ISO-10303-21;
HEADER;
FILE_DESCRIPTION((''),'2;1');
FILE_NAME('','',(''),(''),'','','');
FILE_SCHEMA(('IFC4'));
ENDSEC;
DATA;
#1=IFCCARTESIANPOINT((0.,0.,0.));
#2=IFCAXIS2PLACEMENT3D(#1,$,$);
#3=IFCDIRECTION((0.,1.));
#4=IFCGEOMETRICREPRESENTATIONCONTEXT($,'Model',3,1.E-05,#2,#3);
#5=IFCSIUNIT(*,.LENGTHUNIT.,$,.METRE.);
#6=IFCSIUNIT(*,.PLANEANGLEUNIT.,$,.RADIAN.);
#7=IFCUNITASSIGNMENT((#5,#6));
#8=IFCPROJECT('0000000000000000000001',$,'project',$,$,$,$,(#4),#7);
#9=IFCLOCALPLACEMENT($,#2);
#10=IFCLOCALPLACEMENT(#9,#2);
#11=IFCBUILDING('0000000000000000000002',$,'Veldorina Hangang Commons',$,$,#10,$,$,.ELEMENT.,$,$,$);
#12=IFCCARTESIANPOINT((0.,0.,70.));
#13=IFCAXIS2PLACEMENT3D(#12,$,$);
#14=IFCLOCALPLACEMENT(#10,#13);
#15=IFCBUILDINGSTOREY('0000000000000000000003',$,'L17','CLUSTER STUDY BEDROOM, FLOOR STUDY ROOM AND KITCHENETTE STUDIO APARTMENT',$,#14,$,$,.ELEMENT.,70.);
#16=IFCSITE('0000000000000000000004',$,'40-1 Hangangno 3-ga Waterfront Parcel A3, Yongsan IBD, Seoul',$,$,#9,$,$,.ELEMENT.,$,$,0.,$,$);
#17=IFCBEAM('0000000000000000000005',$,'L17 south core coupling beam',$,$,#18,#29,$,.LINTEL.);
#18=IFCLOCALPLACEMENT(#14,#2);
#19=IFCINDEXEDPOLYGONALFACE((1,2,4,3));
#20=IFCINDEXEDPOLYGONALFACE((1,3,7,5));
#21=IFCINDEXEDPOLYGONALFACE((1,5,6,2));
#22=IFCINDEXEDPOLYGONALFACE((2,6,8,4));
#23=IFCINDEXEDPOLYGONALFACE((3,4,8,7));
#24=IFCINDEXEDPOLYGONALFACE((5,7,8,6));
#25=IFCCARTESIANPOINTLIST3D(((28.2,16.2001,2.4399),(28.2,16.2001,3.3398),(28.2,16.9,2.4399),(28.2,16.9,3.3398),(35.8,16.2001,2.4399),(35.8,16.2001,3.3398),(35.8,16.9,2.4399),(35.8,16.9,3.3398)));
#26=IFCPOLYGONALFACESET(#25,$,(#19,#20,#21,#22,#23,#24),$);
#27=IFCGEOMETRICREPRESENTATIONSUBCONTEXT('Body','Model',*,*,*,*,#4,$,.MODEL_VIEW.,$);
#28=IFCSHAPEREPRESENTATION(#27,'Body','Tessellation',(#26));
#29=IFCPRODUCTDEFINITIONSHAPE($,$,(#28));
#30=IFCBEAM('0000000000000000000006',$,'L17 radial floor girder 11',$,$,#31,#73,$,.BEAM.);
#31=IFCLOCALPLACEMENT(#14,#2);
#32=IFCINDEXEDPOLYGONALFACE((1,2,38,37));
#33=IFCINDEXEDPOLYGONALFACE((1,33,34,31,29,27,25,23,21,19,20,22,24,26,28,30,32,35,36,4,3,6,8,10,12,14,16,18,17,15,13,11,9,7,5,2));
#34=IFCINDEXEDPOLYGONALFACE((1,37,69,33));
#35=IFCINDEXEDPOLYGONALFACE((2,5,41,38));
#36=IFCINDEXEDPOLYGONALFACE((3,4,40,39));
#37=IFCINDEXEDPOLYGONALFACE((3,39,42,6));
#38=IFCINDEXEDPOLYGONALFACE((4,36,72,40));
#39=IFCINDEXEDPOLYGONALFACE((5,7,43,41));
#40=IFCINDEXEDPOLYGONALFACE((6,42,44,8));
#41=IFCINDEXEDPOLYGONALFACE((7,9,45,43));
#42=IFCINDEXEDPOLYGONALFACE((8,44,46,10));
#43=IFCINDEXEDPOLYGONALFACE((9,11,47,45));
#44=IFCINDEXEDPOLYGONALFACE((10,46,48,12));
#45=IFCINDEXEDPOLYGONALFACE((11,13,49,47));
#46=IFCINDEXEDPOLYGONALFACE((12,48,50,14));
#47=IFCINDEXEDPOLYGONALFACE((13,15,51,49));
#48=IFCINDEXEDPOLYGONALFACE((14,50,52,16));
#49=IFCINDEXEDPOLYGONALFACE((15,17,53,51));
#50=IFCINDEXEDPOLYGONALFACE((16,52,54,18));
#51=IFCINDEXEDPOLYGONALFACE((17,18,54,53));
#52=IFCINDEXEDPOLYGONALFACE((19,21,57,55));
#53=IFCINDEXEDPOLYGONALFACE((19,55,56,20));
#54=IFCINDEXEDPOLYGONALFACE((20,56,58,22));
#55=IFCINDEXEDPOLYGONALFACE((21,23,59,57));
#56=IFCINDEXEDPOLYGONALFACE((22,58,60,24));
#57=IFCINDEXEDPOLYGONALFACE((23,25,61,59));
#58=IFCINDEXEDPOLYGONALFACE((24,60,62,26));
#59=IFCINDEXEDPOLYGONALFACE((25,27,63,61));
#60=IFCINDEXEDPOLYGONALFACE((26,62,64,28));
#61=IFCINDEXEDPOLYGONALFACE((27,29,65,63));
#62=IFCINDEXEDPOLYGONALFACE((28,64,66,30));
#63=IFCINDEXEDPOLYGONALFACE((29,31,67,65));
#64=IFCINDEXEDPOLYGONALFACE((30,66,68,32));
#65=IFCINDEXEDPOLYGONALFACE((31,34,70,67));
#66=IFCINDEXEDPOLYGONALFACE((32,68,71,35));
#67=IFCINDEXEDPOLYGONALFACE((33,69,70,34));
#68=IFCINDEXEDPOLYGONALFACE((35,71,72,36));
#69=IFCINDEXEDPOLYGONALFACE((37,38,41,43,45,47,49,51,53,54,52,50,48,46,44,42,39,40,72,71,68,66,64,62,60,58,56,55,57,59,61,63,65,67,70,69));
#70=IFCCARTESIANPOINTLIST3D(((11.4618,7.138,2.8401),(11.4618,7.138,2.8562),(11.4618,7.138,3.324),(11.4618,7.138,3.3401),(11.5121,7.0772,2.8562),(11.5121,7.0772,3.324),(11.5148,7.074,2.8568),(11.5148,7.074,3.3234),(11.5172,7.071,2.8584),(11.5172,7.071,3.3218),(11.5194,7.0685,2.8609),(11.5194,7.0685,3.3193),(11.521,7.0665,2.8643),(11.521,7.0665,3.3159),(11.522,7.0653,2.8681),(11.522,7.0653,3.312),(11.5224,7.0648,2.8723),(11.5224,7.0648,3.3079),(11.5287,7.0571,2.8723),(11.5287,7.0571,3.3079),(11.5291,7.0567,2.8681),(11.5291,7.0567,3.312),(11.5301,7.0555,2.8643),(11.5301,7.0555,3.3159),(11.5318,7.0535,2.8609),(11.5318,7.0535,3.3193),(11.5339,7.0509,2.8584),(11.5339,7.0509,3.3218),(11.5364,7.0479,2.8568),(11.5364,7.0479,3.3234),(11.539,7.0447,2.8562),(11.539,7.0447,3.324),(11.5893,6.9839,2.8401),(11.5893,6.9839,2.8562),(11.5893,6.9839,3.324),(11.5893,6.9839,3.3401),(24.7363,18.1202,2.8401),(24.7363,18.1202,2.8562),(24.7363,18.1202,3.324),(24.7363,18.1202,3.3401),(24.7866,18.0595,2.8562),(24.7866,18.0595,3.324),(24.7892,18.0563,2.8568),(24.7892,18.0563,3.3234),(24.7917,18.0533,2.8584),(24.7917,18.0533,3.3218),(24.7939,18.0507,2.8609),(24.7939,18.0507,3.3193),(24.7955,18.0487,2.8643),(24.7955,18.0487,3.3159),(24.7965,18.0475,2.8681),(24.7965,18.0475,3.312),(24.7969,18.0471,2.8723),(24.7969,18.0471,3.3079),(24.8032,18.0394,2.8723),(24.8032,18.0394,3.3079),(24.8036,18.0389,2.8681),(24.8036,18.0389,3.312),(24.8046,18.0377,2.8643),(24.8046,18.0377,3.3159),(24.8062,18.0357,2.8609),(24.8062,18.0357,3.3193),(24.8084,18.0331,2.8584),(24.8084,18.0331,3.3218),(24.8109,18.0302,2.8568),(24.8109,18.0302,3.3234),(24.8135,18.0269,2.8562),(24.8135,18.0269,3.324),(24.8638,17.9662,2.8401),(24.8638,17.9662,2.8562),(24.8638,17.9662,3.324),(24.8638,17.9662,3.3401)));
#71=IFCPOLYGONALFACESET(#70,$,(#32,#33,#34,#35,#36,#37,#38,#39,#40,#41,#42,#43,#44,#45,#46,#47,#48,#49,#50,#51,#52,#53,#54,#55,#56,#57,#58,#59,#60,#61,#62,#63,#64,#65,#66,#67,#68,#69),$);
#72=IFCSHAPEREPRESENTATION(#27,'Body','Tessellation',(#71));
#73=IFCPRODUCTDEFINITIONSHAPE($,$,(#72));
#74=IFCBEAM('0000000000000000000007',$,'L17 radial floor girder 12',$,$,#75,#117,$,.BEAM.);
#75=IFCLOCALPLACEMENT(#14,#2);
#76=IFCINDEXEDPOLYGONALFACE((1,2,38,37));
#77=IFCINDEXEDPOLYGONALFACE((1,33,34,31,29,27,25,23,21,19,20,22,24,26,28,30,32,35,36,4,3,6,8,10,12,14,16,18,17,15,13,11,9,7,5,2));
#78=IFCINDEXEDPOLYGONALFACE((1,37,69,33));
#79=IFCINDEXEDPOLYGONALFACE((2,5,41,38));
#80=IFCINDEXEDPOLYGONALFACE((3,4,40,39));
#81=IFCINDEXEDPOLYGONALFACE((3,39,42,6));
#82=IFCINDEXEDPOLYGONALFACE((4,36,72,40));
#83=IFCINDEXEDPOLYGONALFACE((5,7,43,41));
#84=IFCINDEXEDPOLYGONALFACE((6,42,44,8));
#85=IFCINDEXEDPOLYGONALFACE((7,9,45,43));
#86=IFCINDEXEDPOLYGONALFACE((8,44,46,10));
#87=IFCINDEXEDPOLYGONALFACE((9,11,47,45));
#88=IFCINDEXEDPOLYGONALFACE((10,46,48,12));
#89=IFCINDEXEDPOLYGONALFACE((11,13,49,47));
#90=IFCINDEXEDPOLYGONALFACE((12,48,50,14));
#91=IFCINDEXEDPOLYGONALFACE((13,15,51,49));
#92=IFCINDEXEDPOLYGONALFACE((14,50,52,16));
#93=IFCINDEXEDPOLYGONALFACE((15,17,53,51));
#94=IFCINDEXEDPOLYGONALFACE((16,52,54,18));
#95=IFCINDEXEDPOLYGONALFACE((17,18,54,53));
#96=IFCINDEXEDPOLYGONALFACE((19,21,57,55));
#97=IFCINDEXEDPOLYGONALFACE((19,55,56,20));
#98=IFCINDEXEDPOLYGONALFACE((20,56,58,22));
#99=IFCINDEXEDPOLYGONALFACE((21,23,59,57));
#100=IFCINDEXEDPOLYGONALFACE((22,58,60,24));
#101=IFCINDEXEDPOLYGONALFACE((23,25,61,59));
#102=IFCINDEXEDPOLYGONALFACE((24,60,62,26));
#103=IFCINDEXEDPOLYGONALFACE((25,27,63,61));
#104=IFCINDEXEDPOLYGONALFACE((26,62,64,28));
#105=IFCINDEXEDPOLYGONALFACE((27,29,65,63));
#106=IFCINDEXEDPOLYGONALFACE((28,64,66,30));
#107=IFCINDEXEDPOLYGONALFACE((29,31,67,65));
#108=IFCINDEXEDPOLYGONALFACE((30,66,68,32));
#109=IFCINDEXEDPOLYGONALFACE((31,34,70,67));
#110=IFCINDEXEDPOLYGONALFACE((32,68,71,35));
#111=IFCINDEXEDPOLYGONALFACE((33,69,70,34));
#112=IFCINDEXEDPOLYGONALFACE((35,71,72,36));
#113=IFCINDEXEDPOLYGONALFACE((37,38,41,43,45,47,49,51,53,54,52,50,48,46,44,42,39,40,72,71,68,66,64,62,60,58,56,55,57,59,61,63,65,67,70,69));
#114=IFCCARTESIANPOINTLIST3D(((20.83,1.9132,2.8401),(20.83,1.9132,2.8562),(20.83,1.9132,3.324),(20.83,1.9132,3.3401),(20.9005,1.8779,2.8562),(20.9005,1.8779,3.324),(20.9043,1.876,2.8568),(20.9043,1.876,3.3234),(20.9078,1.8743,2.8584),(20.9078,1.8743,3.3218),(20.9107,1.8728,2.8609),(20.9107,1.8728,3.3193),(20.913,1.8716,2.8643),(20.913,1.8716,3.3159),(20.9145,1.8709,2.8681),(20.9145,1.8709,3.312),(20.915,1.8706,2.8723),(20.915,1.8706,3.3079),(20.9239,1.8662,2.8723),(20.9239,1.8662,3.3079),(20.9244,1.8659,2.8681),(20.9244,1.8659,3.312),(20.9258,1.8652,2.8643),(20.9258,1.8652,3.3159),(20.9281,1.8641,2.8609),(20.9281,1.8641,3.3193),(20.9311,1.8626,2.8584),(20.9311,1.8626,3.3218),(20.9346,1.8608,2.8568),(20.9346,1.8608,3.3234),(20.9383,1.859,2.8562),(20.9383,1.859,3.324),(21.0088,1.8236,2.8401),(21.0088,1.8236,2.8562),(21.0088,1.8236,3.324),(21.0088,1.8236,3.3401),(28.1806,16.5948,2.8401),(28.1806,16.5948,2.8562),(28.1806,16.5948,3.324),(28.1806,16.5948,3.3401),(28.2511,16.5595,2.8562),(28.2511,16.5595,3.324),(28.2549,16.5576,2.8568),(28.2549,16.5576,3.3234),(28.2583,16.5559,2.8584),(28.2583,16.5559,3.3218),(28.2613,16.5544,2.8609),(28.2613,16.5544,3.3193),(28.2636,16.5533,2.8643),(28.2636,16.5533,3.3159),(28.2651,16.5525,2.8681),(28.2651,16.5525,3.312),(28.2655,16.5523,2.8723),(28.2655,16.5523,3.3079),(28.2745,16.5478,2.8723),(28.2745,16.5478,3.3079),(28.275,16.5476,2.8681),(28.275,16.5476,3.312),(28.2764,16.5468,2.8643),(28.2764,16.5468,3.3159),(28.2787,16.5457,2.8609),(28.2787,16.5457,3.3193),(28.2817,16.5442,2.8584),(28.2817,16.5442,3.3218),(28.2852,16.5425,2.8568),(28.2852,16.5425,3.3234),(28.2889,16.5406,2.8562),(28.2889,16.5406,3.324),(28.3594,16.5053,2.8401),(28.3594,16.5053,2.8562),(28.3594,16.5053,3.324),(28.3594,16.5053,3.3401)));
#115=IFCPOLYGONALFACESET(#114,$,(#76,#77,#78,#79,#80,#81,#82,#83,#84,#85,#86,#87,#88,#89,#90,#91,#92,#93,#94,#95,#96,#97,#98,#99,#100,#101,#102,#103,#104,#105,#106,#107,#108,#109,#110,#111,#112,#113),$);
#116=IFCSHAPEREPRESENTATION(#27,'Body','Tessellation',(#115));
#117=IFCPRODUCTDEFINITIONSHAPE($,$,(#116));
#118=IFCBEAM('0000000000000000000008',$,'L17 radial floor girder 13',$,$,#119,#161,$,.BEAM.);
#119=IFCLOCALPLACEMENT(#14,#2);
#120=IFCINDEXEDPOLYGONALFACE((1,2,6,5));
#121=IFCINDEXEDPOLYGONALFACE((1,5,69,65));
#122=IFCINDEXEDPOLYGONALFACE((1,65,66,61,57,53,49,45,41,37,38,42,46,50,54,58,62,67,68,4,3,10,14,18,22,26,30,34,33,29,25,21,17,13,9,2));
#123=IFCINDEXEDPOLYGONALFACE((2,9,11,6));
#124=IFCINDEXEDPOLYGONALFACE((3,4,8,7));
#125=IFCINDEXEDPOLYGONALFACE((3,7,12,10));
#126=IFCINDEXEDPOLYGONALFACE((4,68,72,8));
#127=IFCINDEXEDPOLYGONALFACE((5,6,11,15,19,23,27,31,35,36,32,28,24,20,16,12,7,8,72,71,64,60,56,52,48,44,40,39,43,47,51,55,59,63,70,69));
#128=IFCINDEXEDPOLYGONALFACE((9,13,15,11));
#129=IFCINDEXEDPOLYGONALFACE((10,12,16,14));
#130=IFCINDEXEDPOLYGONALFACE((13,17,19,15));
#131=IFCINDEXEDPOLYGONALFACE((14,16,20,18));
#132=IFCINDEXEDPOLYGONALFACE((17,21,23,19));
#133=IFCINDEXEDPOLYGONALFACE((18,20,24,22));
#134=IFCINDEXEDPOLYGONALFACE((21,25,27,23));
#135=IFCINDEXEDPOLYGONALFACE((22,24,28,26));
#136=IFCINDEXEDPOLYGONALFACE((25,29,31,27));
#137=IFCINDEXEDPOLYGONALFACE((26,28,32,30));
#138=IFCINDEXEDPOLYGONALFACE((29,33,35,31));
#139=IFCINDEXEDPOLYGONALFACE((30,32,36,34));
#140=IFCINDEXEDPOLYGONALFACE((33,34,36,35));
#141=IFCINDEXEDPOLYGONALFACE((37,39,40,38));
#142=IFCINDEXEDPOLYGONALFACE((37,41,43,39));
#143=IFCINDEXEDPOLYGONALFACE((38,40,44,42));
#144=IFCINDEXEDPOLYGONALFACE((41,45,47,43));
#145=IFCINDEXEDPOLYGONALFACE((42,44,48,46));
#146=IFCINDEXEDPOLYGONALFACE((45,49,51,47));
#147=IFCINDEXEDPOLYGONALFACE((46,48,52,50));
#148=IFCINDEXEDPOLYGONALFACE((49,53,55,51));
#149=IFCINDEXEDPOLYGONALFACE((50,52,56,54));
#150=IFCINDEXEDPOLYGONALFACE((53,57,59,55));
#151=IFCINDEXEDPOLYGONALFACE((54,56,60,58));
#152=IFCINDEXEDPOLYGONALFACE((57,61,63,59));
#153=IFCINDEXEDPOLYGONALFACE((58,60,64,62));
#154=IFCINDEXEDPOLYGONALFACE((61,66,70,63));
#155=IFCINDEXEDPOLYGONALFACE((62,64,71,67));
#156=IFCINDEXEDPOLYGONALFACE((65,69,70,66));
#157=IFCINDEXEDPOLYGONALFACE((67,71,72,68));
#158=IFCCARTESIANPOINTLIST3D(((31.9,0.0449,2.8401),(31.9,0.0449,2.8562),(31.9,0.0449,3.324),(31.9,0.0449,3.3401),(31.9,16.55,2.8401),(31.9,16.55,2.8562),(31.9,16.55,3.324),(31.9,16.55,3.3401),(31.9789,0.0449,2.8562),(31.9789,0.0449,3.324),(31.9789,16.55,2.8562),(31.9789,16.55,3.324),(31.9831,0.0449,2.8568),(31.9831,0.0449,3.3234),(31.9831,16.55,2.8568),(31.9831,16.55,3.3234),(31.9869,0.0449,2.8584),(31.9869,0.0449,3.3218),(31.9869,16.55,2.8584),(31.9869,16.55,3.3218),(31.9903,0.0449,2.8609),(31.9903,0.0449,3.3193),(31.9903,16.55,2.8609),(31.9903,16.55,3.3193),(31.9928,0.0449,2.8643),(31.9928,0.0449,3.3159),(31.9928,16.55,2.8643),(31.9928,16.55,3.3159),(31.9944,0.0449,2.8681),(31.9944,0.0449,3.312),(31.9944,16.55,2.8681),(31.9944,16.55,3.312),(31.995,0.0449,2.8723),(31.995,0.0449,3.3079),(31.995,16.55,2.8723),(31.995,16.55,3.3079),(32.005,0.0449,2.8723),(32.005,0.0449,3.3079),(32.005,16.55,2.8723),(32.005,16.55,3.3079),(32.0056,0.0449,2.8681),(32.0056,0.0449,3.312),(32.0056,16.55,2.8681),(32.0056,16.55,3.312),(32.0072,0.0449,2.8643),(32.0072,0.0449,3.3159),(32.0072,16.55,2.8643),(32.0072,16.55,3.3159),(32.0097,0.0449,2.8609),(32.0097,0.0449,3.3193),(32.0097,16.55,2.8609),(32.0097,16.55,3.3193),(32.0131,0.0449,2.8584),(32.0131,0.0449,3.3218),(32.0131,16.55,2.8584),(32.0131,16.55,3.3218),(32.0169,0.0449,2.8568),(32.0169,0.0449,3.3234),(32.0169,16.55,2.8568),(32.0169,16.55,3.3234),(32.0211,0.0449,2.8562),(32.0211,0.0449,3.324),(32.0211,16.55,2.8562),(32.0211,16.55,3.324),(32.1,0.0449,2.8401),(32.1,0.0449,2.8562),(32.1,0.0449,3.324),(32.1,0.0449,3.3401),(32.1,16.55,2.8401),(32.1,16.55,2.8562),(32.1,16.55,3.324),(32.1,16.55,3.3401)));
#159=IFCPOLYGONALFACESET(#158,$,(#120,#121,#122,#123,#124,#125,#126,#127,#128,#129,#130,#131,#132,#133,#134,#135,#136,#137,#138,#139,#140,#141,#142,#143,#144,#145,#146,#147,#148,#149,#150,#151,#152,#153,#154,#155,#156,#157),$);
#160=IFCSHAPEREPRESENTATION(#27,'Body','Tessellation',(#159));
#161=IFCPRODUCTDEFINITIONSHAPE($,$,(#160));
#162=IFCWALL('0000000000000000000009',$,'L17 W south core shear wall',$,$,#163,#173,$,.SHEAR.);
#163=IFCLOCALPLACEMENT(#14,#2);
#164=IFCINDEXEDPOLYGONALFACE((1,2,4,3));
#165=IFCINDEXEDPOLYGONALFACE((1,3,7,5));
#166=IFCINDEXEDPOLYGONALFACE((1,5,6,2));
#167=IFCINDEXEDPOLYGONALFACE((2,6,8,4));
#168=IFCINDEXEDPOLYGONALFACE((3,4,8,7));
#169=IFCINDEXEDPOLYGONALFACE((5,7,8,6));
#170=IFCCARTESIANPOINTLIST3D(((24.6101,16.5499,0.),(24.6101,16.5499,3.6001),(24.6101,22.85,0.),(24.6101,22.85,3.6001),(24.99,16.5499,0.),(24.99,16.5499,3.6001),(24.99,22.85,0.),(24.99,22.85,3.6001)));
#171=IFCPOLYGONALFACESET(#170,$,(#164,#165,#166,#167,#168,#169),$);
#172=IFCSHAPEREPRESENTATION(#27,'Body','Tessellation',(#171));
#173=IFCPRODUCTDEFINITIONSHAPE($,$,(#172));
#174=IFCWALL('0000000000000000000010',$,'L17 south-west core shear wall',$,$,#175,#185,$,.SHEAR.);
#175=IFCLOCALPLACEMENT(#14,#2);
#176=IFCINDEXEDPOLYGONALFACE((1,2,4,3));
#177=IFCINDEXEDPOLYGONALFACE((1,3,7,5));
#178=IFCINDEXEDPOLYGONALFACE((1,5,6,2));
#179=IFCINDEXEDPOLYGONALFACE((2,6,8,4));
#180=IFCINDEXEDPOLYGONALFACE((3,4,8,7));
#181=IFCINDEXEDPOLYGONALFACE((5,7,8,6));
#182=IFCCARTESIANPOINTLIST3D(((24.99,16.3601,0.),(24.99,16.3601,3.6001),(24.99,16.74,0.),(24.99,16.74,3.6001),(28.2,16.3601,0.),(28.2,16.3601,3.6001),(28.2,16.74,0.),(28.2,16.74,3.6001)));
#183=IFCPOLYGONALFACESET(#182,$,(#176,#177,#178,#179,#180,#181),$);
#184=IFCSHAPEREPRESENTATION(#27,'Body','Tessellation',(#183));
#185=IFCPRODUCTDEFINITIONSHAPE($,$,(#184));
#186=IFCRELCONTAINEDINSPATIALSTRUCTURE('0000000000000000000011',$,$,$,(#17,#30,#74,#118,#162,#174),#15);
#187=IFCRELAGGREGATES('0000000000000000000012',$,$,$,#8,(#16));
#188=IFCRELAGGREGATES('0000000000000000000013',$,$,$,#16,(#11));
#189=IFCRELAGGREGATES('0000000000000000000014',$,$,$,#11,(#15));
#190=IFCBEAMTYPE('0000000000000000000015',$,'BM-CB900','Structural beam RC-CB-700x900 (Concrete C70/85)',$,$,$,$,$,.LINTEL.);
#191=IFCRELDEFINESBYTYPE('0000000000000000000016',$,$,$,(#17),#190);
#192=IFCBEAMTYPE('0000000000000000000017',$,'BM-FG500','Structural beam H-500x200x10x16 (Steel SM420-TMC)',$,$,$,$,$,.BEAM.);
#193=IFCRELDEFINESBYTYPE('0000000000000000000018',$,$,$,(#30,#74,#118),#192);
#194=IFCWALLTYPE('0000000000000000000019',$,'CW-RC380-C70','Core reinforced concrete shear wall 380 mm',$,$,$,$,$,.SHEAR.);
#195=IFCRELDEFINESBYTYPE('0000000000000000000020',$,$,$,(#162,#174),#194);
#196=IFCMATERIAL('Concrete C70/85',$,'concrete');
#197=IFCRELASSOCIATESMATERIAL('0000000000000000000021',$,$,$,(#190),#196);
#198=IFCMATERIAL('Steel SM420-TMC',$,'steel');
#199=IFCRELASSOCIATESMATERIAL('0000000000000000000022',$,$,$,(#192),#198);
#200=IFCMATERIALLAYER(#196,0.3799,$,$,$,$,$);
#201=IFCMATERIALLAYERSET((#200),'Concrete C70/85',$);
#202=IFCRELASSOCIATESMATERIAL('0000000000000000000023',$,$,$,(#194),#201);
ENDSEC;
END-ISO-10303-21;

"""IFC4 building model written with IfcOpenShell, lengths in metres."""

from ifc_helpers import new_model, si_unit, direction, frame, frame_2d, origin, origin_2d, place, context, subcontext, project, spatial, rectangle, i_section, extrude, material, layer, layer_set, material_profile, profile_set, type_object, element, save


model = new_model("IFC4")

# Units and contexts
model_context = context("Model", 3, precision=1e-05, world=origin(), true_north=direction((0.0, 1.0)))
body_context = subcontext(model_context, "Body", "Model", "MODEL_VIEW")
ifc_project = project(units=[si_unit("LENGTHUNIT", "METRE"), si_unit("PLANEANGLEUNIT", "RADIAN")], contexts=[model_context])

# Site, building, storey
site_placement = place(None, origin())
site = spatial("IfcSite", under=ifc_project, at=site_placement, Name="40-1 Hangangno 3-ga Waterfront Parcel A3, Yongsan IBD, Seoul", CompositionType="ELEMENT", RefElevation=0.0)
building_placement = place(site_placement, origin())
building = spatial("IfcBuilding", under=site, at=building_placement, Name="Veldorina Hangang Commons", CompositionType="ELEMENT")
storey_placement = place(building_placement, frame((0.0, 0.0, 70.0)))
storey = spatial("IfcBuildingStorey", under=building, at=storey_placement, Name="L17", Description="CLUSTER STUDY BEDROOM, FLOOR STUDY ROOM AND KITCHENETTE STUDIO APARTMENT", CompositionType="ELEMENT", Elevation=70.0)

# Beams
ifc_material_1 = material(Name="Concrete C70/85", Category="concrete")
ifc_material_profile_1 = material_profile(ifc_material_1, rectangle(XDim=0.7, YDim=0.8999, at=origin_2d()), Name="RC-CB-700x900")
ifc_profile_set_1 = profile_set([ifc_material_profile_1], Name="Concrete C70/85")
beam_type_1 = type_object("IfcBeamType", Name="BM-CB900", Description="Structural beam RC-CB-700x900 (Concrete C70/85)", PredefinedType="LINTEL", material=ifc_profile_set_1)
beam_1_placement = place(storey_placement, frame((28.2, 16.55, 2.8899), z_axis=(1.0, 0.0, 0.0), x_axis=(0.0, 1.0, 0.0)))
element("IfcBeam", 1, at=beam_1_placement, inside=storey, type_object=beam_type_1, Name="L17 south core coupling beam", PredefinedType="LINTEL", context=body_context, shape_type="SweptSolid", body=[
    extrude(rectangle(XDim=0.7, YDim=0.8999, at=origin_2d()), origin(), (0.0, 0.0, 1.0), 7.6001),
])
ifc_material_2 = material(Name="Steel SM420-TMC", Category="steel")
ifc_material_profile_2 = material_profile(ifc_material_2, i_section(OverallWidth=0.2, OverallDepth=0.5, WebThickness=0.01, FlangeThickness=0.0161, FilletRadius=0.0161, at=origin_2d()), Name="H-500x200x10x16")
ifc_profile_set_2 = profile_set([ifc_material_profile_2], Name="Steel SM420-TMC")
beam_type_2 = type_object("IfcBeamType", Name="BM-FG500", Description="Structural beam H-500x200x10x16 (Steel SM420-TMC)", PredefinedType="BEAM", material=ifc_profile_set_2)
beam_2_placement = place(storey_placement, frame((24.8, 18.0432, 3.0901), z_axis=(-0.770495, -0.637446, 0.0), x_axis=(0.637446, -0.770495, 0.0)))
element("IfcBeam", 2, at=beam_2_placement, inside=storey, type_object=beam_type_2, Name="L17 radial floor girder 11", PredefinedType="BEAM", context=body_context, shape_type="SweptSolid", body=[
    extrude(i_section(OverallWidth=0.2, OverallDepth=0.5, WebThickness=0.01, FlangeThickness=0.0161, FilletRadius=0.0161, at=origin_2d()), origin(), (0.0, 0.0, 1.0), 17.2285),
])
beam_3_placement = place(storey_placement, frame((28.27, 16.55, 3.0901), z_axis=(-0.447689, -0.894189, 0.0), x_axis=(0.894189, -0.447689, 0.0)))
element("IfcBeam", 3, at=beam_3_placement, inside=storey, type_object=beam_type_2, Name="L17 radial floor girder 12", PredefinedType="BEAM", context=body_context, shape_type="SweptSolid", body=[
    extrude(i_section(OverallWidth=0.2, OverallDepth=0.5, WebThickness=0.01, FlangeThickness=0.0161, FilletRadius=0.0161, at=origin_2d()), origin(), (0.0, 0.0, 1.0), 16.4189),
])
beam_4_placement = place(storey_placement, frame((32.0, 16.55, 3.0901), z_axis=(0.0, -1.0, 0.0), x_axis=(1.0, 0.0, 0.0)))
element("IfcBeam", 4, at=beam_4_placement, inside=storey, type_object=beam_type_2, Name="L17 radial floor girder 13", PredefinedType="BEAM", context=body_context, shape_type="SweptSolid", body=[
    extrude(i_section(OverallWidth=0.2, OverallDepth=0.5, WebThickness=0.01, FlangeThickness=0.0161, FilletRadius=0.0161, at=origin_2d()), origin(), (0.0, 0.0, 1.0), 16.5051),
])

# Walls
ifc_layer_1 = layer(ifc_material_1, 0.3799)
ifc_layer_set_1 = layer_set([ifc_layer_1], Name="Concrete C70/85")
wall_type_1 = type_object("IfcWallType", Name="CW-RC380-C70", Description="Core reinforced concrete shear wall 380 mm", PredefinedType="SHEAR", material=ifc_layer_set_1)
wall_1_placement = place(storey_placement, frame((24.8, 16.55, 0.0), z_axis=(0.0, 0.0, 1.0), x_axis=(0.0, 1.0, 0.0)))
element("IfcWall", 5, at=wall_1_placement, inside=storey, type_object=wall_type_1, Name="L17 W south core shear wall", PredefinedType="SHEAR", context=body_context, shape_type="SweptSolid", body=[
    extrude(rectangle(XDim=6.3, YDim=0.3799, at=frame_2d((3.1499, 0.0))), origin(), (0.0, 0.0, 1.0), 3.6001),
])
wall_2_placement = place(storey_placement, frame((24.99, 16.55, 0.0), z_axis=(0.0, 0.0, 1.0), x_axis=(1.0, 0.0, 0.0)))
element("IfcWall", 6, at=wall_2_placement, inside=storey, type_object=wall_type_1, Name="L17 south-west core shear wall", PredefinedType="SHEAR", context=body_context, shape_type="SweptSolid", body=[
    extrude(rectangle(XDim=3.21, YDim=0.3799, at=frame_2d((1.605, 0.0))), origin(), (0.0, 0.0, 1.0), 3.6001),
])

save(model, "model.ifc")
